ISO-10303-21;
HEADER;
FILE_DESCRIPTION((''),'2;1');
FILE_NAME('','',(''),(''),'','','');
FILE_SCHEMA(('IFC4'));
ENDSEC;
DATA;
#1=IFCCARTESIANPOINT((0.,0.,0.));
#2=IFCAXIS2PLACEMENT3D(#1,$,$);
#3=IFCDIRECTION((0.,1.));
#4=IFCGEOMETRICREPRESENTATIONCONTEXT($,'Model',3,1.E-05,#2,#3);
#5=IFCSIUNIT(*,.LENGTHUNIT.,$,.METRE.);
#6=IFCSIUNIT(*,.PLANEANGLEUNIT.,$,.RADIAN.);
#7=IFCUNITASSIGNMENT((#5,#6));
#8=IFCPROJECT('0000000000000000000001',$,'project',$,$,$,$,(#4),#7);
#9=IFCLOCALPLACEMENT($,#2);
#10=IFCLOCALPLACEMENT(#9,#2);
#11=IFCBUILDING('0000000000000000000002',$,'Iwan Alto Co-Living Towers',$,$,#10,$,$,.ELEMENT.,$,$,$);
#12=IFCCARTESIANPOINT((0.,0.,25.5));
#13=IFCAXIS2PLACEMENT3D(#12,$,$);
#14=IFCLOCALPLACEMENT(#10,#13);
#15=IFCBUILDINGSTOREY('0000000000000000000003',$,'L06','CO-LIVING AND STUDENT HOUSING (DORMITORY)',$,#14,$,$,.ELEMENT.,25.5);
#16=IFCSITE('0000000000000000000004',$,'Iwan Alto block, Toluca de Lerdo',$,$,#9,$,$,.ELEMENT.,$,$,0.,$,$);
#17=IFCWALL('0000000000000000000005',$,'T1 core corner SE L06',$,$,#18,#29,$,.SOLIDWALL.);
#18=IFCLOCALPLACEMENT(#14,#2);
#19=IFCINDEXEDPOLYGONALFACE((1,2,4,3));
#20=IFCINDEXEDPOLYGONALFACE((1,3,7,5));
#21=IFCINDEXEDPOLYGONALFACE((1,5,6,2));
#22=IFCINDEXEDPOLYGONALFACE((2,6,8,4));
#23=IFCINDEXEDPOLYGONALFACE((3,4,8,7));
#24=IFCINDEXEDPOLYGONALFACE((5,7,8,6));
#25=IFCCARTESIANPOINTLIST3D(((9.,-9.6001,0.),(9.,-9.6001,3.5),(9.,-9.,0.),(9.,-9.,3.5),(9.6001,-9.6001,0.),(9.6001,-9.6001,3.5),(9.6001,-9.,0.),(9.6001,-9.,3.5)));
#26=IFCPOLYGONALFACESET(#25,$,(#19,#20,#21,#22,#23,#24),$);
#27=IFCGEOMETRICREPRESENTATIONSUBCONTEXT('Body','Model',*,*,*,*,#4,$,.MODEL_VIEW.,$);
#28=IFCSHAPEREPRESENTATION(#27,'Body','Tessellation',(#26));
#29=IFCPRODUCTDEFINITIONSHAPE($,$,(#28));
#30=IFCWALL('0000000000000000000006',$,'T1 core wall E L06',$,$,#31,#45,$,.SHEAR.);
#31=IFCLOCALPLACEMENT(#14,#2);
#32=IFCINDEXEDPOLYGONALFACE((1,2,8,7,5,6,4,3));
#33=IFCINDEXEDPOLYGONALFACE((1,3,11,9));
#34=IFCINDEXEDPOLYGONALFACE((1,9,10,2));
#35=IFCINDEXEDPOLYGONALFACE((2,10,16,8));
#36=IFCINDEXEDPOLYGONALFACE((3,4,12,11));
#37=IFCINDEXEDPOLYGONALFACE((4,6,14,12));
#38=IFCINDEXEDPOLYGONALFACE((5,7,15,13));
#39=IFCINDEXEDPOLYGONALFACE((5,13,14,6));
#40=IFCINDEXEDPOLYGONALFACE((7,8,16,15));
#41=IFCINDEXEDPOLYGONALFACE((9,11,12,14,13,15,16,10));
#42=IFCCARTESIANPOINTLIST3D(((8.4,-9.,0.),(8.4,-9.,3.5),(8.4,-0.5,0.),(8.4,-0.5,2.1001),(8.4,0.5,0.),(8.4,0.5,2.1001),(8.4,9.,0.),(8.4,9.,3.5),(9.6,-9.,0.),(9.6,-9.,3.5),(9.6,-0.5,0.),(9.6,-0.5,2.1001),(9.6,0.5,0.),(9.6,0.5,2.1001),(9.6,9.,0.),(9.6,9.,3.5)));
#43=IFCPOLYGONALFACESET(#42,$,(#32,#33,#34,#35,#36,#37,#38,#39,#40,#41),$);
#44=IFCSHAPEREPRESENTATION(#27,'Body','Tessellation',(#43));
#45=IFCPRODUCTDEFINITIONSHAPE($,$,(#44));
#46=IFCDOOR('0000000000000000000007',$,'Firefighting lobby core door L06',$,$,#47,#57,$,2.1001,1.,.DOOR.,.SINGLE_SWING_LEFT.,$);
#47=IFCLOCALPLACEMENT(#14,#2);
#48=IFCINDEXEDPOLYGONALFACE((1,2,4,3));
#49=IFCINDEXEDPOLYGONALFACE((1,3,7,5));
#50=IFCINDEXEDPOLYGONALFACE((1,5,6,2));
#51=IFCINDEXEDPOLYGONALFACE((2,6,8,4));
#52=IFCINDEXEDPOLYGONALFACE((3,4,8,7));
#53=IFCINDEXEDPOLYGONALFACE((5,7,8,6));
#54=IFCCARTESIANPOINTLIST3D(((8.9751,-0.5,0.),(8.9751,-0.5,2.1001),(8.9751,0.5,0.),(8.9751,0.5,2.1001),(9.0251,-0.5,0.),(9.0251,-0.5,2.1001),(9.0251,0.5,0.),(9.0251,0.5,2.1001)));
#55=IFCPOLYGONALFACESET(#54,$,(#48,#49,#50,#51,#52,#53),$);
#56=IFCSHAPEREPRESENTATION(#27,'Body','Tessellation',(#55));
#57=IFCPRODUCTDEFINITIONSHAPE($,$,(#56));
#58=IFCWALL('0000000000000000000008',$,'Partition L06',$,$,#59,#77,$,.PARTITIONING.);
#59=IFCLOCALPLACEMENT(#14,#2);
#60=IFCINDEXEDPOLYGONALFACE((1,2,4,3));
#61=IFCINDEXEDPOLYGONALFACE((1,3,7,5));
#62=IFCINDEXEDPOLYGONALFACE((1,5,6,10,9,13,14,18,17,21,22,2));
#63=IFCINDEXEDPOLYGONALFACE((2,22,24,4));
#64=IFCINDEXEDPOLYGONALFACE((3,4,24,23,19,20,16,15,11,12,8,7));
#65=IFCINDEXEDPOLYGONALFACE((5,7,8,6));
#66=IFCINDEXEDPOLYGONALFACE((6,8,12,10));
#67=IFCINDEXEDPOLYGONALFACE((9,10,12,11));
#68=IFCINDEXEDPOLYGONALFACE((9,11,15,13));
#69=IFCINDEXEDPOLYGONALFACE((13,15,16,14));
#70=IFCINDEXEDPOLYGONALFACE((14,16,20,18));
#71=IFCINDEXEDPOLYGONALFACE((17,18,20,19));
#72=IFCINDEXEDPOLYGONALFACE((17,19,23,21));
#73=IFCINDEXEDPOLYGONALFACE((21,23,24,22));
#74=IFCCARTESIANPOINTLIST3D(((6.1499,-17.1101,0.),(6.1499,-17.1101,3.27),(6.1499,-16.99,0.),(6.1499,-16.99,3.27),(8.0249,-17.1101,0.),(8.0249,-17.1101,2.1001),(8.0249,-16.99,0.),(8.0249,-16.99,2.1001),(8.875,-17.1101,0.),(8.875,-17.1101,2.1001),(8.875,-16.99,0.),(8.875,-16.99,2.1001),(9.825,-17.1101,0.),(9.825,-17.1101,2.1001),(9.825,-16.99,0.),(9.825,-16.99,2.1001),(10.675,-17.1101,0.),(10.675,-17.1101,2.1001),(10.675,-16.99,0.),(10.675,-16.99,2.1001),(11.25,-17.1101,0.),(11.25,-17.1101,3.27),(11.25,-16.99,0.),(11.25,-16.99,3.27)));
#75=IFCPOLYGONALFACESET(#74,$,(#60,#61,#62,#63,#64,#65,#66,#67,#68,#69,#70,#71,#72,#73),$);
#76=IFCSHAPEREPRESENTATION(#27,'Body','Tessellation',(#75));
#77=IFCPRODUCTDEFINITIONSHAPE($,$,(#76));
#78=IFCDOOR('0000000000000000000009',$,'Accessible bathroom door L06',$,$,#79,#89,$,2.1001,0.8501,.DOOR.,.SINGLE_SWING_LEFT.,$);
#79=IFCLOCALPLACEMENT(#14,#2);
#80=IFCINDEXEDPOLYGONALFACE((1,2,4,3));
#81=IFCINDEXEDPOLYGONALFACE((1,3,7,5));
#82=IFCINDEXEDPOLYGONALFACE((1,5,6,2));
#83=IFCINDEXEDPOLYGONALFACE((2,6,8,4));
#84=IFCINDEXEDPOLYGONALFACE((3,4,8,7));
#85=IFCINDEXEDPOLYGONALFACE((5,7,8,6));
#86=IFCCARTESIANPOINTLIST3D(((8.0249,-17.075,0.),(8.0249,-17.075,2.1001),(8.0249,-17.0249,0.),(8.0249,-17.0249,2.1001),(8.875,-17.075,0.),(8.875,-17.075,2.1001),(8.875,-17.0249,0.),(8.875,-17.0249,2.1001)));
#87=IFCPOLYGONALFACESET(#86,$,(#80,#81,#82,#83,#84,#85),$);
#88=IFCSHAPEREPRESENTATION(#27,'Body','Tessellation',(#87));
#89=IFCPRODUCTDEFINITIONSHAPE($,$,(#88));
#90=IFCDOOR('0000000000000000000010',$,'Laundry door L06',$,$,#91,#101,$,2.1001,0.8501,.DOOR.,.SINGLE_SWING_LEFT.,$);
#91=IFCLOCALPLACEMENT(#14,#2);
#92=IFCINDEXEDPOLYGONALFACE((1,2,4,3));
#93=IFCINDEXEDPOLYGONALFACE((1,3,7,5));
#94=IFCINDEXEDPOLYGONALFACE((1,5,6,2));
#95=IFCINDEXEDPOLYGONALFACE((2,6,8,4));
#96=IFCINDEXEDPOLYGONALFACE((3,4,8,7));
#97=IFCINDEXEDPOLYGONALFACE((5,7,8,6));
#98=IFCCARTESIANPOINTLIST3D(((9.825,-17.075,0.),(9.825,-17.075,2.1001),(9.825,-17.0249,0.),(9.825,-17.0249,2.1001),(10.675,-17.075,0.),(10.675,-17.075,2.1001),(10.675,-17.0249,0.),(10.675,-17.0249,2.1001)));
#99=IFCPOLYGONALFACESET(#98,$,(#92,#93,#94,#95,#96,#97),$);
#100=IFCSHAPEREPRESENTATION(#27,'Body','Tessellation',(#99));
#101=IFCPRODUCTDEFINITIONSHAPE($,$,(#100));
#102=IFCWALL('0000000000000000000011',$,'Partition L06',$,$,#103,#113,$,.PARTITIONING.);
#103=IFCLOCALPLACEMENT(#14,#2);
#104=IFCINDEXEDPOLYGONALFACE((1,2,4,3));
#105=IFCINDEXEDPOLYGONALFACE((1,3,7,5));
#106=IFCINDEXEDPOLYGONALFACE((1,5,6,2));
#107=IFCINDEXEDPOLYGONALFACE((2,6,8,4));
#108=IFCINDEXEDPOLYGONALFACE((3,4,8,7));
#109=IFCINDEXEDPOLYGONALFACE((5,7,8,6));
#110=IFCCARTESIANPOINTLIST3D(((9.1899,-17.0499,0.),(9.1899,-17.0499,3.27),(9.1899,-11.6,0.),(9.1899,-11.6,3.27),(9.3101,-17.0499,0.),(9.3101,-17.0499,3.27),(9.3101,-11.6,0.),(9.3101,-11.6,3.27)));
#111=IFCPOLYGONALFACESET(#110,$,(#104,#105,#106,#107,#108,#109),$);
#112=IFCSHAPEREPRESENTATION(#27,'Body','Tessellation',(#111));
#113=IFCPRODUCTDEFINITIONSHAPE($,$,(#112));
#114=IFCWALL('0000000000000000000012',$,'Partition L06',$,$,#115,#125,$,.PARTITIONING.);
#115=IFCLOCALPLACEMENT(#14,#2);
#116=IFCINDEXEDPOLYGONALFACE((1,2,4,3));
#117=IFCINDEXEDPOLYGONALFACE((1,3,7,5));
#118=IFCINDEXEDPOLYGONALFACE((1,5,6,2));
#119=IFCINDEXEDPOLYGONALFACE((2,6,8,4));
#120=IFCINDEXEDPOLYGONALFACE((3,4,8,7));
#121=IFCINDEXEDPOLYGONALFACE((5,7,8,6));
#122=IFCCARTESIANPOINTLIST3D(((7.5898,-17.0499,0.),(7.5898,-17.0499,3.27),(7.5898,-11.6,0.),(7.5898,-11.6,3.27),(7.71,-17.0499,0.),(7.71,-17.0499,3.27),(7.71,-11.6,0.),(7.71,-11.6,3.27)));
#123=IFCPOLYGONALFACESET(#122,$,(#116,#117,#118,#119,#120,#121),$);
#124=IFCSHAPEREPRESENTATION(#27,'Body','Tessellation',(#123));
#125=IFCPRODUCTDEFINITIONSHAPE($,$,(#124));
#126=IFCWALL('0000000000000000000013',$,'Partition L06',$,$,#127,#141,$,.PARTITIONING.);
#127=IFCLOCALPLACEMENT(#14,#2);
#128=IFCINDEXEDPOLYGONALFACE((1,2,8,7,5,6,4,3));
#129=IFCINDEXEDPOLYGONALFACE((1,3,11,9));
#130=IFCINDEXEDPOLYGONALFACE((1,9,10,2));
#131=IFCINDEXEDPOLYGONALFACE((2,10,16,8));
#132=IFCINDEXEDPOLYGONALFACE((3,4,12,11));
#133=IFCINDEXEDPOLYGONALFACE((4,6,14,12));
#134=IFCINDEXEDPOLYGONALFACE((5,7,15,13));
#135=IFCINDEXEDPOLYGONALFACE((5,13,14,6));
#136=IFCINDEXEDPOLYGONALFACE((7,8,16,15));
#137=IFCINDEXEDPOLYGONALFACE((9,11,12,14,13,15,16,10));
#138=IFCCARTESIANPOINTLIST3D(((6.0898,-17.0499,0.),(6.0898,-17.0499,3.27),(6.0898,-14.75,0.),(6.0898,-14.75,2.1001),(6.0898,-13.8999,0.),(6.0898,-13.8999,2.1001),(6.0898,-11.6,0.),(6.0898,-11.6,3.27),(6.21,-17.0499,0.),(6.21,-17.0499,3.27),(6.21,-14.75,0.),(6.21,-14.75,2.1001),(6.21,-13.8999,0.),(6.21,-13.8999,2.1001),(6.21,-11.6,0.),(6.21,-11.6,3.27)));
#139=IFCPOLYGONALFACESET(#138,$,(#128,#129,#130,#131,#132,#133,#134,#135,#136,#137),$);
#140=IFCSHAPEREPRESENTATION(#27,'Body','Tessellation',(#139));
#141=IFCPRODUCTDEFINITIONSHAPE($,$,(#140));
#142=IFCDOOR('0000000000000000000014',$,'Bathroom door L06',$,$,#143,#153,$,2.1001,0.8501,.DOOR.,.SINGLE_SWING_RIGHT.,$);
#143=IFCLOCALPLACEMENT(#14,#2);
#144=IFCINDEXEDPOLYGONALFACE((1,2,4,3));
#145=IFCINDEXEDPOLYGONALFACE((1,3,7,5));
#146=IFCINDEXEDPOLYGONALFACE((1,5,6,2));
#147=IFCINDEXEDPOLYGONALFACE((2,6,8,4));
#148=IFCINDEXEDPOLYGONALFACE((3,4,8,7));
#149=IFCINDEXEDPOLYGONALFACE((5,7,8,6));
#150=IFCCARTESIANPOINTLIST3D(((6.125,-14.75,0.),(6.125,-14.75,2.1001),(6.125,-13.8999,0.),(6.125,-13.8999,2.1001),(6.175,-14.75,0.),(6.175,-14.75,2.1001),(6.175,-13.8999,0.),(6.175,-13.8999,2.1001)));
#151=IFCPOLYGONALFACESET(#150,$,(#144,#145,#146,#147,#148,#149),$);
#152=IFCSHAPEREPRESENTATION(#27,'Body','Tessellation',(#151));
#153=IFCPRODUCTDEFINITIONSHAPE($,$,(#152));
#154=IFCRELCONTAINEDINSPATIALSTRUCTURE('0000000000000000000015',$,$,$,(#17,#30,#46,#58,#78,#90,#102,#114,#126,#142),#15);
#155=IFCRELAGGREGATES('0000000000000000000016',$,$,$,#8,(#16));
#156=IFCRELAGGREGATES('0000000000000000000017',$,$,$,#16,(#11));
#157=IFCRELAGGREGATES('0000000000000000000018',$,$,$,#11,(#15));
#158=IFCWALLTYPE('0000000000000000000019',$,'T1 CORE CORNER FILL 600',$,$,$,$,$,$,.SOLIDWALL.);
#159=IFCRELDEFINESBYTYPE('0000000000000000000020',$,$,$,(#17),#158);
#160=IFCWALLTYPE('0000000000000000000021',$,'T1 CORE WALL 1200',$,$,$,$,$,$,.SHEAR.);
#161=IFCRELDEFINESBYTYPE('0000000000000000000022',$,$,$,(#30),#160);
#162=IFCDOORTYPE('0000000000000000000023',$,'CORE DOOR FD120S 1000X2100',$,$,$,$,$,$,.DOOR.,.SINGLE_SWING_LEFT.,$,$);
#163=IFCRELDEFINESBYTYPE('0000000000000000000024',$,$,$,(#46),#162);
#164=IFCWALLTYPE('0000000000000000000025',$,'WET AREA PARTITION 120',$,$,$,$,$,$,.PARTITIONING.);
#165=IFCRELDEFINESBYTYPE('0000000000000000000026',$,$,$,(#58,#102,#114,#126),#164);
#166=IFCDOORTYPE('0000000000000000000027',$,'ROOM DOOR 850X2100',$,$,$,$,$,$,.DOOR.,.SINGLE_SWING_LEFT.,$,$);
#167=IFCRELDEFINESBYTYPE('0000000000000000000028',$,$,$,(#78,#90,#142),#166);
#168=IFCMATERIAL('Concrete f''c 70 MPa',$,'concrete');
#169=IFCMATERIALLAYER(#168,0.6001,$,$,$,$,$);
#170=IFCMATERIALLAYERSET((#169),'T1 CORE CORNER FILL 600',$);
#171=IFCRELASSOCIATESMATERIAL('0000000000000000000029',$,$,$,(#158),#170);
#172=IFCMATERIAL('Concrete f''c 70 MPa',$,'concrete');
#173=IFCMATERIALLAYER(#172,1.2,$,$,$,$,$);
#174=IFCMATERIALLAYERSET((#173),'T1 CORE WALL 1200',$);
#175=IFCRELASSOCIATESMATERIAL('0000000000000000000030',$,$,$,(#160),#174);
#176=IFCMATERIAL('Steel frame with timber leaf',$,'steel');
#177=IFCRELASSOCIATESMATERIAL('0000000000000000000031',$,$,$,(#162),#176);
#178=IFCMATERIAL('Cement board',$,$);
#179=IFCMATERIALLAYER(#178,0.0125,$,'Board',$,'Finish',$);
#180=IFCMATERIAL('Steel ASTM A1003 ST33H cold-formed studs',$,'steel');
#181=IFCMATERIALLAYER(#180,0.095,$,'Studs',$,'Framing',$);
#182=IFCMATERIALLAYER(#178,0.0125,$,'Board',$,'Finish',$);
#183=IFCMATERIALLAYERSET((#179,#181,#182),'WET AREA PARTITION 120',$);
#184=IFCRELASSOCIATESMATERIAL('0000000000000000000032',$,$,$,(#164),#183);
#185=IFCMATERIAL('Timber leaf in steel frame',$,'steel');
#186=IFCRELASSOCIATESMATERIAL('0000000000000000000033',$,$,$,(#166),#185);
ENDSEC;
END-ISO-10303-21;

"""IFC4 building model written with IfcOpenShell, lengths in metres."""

from ifc_helpers import new_model, si_unit, direction, frame, frame_2d, origin, place, context, subcontext, project, spatial, rectangle, extrude, material, layer, layer_set, type_object, element, fill, save


model = new_model("IFC4")

# Units and contexts
model_context = context("Model", 3, precision=1e-05, world=origin(), true_north=direction((0.0, 1.0)))
body_context = subcontext(model_context, "Body", "Model", "MODEL_VIEW")
ifc_project = project(units=[si_unit("LENGTHUNIT", "METRE"), si_unit("PLANEANGLEUNIT", "RADIAN")], contexts=[model_context])

# Site, building, storey
site_placement = place(None, origin())
site = spatial("IfcSite", under=ifc_project, at=site_placement, Name="Iwan Alto block, Toluca de Lerdo", CompositionType="ELEMENT", RefElevation=0.0)
building_placement = place(site_placement, origin())
building = spatial("IfcBuilding", under=site, at=building_placement, Name="Iwan Alto Co-Living Towers", CompositionType="ELEMENT")
storey_placement = place(building_placement, frame((0.0, 0.0, 25.5)))
storey = spatial("IfcBuildingStorey", under=building, at=storey_placement, Name="L06", Description="CO-LIVING AND STUDENT HOUSING (DORMITORY)", CompositionType="ELEMENT", Elevation=25.5)

# Shared definitions
ifc_material_1 = material(Name="Steel ASTM A1003 ST33H cold-formed studs", Category="steel")

# Wall
ifc_material_2 = material(Name="Concrete f'c 70 MPa", Category="concrete")
ifc_layer_1 = layer(ifc_material_2, 0.6001)
ifc_layer_set_1 = layer_set([ifc_layer_1], Name="T1 CORE CORNER FILL 600")
wall_type_1 = type_object("IfcWallType", Name="T1 CORE CORNER FILL 600", PredefinedType="SOLIDWALL", material=ifc_layer_set_1)
wall_1_placement = place(storey_placement, frame((9.0, -9.3, 0.0), z_axis=(0.0, 0.0, 1.0), x_axis=(1.0, 0.0, 0.0)))
element("IfcWall", 1, at=wall_1_placement, inside=storey, type_object=wall_type_1, Name="T1 core corner SE L06", PredefinedType="SOLIDWALL", context=body_context, shape_type="SweptSolid", body=[
    extrude(rectangle(XDim=0.6001, YDim=0.6001, at=frame_2d((0.3, 0.0))), origin(), (0.0, 0.0, 1.0), 3.5),
])

# Wall, opening, door
ifc_material_3 = material(Name="Concrete f'c 70 MPa", Category="concrete")
ifc_layer_2 = layer(ifc_material_3, 1.2)
ifc_layer_set_2 = layer_set([ifc_layer_2], Name="T1 CORE WALL 1200")
wall_type_2 = type_object("IfcWallType", Name="T1 CORE WALL 1200", PredefinedType="SHEAR", material=ifc_layer_set_2)
wall_2_placement = place(storey_placement, frame((9.0, -9.0, 0.0), z_axis=(0.0, 0.0, 1.0), x_axis=(0.0, 1.0, 0.0)))
wall_2 = element("IfcWall", 2, at=wall_2_placement, inside=storey, type_object=wall_type_2, Name="T1 core wall E L06", PredefinedType="SHEAR", context=body_context, shape_type="SweptSolid", body=[
    extrude(rectangle(XDim=18.0, YDim=1.2, at=frame_2d((9.0, 0.0))), origin(), (0.0, 0.0, 1.0), 3.5),
])
opening_1_placement = place(wall_2_placement, frame((8.5, 0.0, 0.0)))
opening_1 = element("IfcOpeningElement", 3, at=opening_1_placement, cuts=wall_2, PredefinedType="OPENING", context=body_context, shape_type="SweptSolid", body=[
    extrude(rectangle(XDim=1.0, YDim=2.1001, at=frame_2d((0.5, 1.05))), frame((0.0, 0.6099, 0.0), z_axis=(0.0, -1.0, 0.0), x_axis=(1.0, 0.0, 0.0)), (0.0, 0.0, 1.0), 1.22),
])
ifc_material_4 = material(Name="Steel frame with timber leaf", Category="steel")
door_type_1 = type_object("IfcDoorType", Name="CORE DOOR FD120S 1000X2100", OperationType="SINGLE_SWING_LEFT", PredefinedType="DOOR", material=ifc_material_4)
door_1_placement = place(opening_1_placement, origin())
door_1 = element("IfcDoor", 4, at=door_1_placement, inside=storey, type_object=door_type_1, Name="Firefighting lobby core door L06", OperationType="SINGLE_SWING_LEFT", OverallHeight=2.1001, OverallWidth=1.0, PredefinedType="DOOR", context=body_context, shape_type="SweptSolid", body=[
    extrude(rectangle(XDim=1.0, YDim=2.1001, at=frame_2d((0.5, 1.05))), frame((0.0, 0.0249, 0.0), z_axis=(0.0, -1.0, 0.0), x_axis=(1.0, 0.0, 0.0)), (0.0, 0.0, 1.0), 0.05),
])
fill(opening_1, door_1)

# Wall, openings, doors
ifc_material_5 = material(Name="Cement board")
ifc_layer_3 = layer(ifc_material_5, 0.0125, Name="Board", Category="Finish")
ifc_layer_4 = layer(ifc_material_1, 0.095, Name="Studs", Category="Framing")
ifc_layer_5 = layer(ifc_material_5, 0.0125, Name="Board", Category="Finish")
ifc_layer_set_3 = layer_set([ifc_layer_3, ifc_layer_4, ifc_layer_5], Name="WET AREA PARTITION 120")
wall_type_3 = type_object("IfcWallType", Name="WET AREA PARTITION 120", PredefinedType="PARTITIONING", material=ifc_layer_set_3)
wall_3_placement = place(storey_placement, frame((6.1499, -17.05, 0.0), z_axis=(0.0, 0.0, 1.0), x_axis=(1.0, 0.0, 0.0)))
wall_3 = element("IfcWall", 5, at=wall_3_placement, inside=storey, type_object=wall_type_3, Name="Partition L06", PredefinedType="PARTITIONING", context=body_context, shape_type="SweptSolid", body=[
    extrude(rectangle(XDim=5.1001, YDim=0.1201, at=frame_2d((2.55, 0.0))), origin(), (0.0, 0.0, 1.0), 3.27),
])
opening_2_placement = place(wall_3_placement, frame((1.875, 0.0, 0.0)))
opening_2 = element("IfcOpeningElement", 6, at=opening_2_placement, cuts=wall_3, PredefinedType="OPENING", context=body_context, shape_type="SweptSolid", body=[
    extrude(rectangle(XDim=0.8501, YDim=2.1001, at=frame_2d((0.425, 1.05))), frame((0.0, 0.0701, 0.0), z_axis=(0.0, -1.0, 0.0), x_axis=(1.0, 0.0, 0.0)), (0.0, 0.0, 1.0), 0.1401),
])
opening_3_placement = place(wall_3_placement, frame((3.675, 0.0, 0.0)))
opening_3 = element("IfcOpeningElement", 7, at=opening_3_placement, cuts=wall_3, PredefinedType="OPENING", context=body_context, shape_type="SweptSolid", body=[
    extrude(rectangle(XDim=0.8501, YDim=2.1001, at=frame_2d((0.425, 1.05))), frame((0.0, 0.0701, 0.0), z_axis=(0.0, -1.0, 0.0), x_axis=(1.0, 0.0, 0.0)), (0.0, 0.0, 1.0), 0.1401),
])
ifc_material_6 = material(Name="Timber leaf in steel frame", Category="steel")
door_type_2 = type_object("IfcDoorType", Name="ROOM DOOR 850X2100", OperationType="SINGLE_SWING_LEFT", PredefinedType="DOOR", material=ifc_material_6)
door_2_placement = place(opening_2_placement, frame((0.8501, 0.0, 0.0), z_axis=(0.0, 0.0, 1.0), x_axis=(-1.0, 0.0, 0.0)))
door_2 = element("IfcDoor", 8, at=door_2_placement, inside=storey, type_object=door_type_2, Name="Accessible bathroom door L06", OperationType="SINGLE_SWING_LEFT", OverallHeight=2.1001, OverallWidth=0.8501, PredefinedType="DOOR", context=body_context, shape_type="SweptSolid", body=[
    extrude(rectangle(XDim=0.8501, YDim=2.1001, at=frame_2d((0.425, 1.05))), frame((0.0, 0.0249, 0.0), z_axis=(0.0, -1.0, 0.0), x_axis=(1.0, 0.0, 0.0)), (0.0, 0.0, 1.0), 0.05),
])
fill(opening_2, door_2)
door_3_placement = place(opening_3_placement, frame((0.8501, 0.0, 0.0), z_axis=(0.0, 0.0, 1.0), x_axis=(-1.0, 0.0, 0.0)))
door_3 = element("IfcDoor", 9, at=door_3_placement, inside=storey, type_object=door_type_2, Name="Laundry door L06", OperationType="SINGLE_SWING_LEFT", OverallHeight=2.1001, OverallWidth=0.8501, PredefinedType="DOOR", context=body_context, shape_type="SweptSolid", body=[
    extrude(rectangle(XDim=0.8501, YDim=2.1001, at=frame_2d((0.425, 1.05))), frame((0.0, 0.0249, 0.0), z_axis=(0.0, -1.0, 0.0), x_axis=(1.0, 0.0, 0.0)), (0.0, 0.0, 1.0), 0.05),
])
fill(opening_3, door_3)

# Walls
for number, where, z_axis, x_axis, name in (
    (10, (9.25, -17.05, 0.0), (0.0, 0.0, 1.0), (0.0, 1.0, 0.0), "Partition L06"),
    (11, (7.6499, -17.05, 0.0), (0.0, 0.0, 1.0), (0.0, 1.0, 0.0), "Partition L06"),
):
    element("IfcWall", number, at=place(storey_placement, frame(where, z_axis=z_axis, x_axis=x_axis)), inside=storey, type_object=wall_type_3, Name=name, PredefinedType="PARTITIONING", context=body_context, shape_type="SweptSolid", body=[
        extrude(rectangle(XDim=5.45, YDim=0.1201, at=frame_2d((2.7251, 0.0))), origin(), (0.0, 0.0, 1.0), 3.27),
    ])

# Wall, opening, door
wall_4_placement = place(storey_placement, frame((6.1499, -17.05, 0.0), z_axis=(0.0, 0.0, 1.0), x_axis=(0.0, 1.0, 0.0)))
wall_4 = element("IfcWall", 12, at=wall_4_placement, inside=storey, type_object=wall_type_3, Name="Partition L06", PredefinedType="PARTITIONING", context=body_context, shape_type="SweptSolid", body=[
    extrude(rectangle(XDim=5.45, YDim=0.1201, at=frame_2d((2.7251, 0.0))), origin(), (0.0, 0.0, 1.0), 3.27),
])
opening_4_placement = place(wall_4_placement, frame((2.3, 0.0, 0.0)))
opening_4 = element("IfcOpeningElement", 13, at=opening_4_placement, cuts=wall_4, PredefinedType="OPENING", context=body_context, shape_type="SweptSolid", body=[
    extrude(rectangle(XDim=0.8501, YDim=2.1001, at=frame_2d((0.425, 1.05))), frame((0.0, 0.0701, 0.0), z_axis=(0.0, -1.0, 0.0), x_axis=(1.0, 0.0, 0.0)), (0.0, 0.0, 1.0), 0.1401),
])
door_4_placement = place(opening_4_placement, origin())
door_4 = element("IfcDoor", 14, at=door_4_placement, inside=storey, type_object=door_type_2, Name="Bathroom door L06", OperationType="SINGLE_SWING_RIGHT", OverallHeight=2.1001, OverallWidth=0.8501, PredefinedType="DOOR", context=body_context, shape_type="SweptSolid", body=[
    extrude(rectangle(XDim=0.8501, YDim=2.1001, at=frame_2d((0.425, 1.05))), frame((0.0, 0.0249, 0.0), z_axis=(0.0, -1.0, 0.0), x_axis=(1.0, 0.0, 0.0)), (0.0, 0.0, 1.0), 0.05),
])
fill(opening_4, door_4)

save(model, "model.ifc")
